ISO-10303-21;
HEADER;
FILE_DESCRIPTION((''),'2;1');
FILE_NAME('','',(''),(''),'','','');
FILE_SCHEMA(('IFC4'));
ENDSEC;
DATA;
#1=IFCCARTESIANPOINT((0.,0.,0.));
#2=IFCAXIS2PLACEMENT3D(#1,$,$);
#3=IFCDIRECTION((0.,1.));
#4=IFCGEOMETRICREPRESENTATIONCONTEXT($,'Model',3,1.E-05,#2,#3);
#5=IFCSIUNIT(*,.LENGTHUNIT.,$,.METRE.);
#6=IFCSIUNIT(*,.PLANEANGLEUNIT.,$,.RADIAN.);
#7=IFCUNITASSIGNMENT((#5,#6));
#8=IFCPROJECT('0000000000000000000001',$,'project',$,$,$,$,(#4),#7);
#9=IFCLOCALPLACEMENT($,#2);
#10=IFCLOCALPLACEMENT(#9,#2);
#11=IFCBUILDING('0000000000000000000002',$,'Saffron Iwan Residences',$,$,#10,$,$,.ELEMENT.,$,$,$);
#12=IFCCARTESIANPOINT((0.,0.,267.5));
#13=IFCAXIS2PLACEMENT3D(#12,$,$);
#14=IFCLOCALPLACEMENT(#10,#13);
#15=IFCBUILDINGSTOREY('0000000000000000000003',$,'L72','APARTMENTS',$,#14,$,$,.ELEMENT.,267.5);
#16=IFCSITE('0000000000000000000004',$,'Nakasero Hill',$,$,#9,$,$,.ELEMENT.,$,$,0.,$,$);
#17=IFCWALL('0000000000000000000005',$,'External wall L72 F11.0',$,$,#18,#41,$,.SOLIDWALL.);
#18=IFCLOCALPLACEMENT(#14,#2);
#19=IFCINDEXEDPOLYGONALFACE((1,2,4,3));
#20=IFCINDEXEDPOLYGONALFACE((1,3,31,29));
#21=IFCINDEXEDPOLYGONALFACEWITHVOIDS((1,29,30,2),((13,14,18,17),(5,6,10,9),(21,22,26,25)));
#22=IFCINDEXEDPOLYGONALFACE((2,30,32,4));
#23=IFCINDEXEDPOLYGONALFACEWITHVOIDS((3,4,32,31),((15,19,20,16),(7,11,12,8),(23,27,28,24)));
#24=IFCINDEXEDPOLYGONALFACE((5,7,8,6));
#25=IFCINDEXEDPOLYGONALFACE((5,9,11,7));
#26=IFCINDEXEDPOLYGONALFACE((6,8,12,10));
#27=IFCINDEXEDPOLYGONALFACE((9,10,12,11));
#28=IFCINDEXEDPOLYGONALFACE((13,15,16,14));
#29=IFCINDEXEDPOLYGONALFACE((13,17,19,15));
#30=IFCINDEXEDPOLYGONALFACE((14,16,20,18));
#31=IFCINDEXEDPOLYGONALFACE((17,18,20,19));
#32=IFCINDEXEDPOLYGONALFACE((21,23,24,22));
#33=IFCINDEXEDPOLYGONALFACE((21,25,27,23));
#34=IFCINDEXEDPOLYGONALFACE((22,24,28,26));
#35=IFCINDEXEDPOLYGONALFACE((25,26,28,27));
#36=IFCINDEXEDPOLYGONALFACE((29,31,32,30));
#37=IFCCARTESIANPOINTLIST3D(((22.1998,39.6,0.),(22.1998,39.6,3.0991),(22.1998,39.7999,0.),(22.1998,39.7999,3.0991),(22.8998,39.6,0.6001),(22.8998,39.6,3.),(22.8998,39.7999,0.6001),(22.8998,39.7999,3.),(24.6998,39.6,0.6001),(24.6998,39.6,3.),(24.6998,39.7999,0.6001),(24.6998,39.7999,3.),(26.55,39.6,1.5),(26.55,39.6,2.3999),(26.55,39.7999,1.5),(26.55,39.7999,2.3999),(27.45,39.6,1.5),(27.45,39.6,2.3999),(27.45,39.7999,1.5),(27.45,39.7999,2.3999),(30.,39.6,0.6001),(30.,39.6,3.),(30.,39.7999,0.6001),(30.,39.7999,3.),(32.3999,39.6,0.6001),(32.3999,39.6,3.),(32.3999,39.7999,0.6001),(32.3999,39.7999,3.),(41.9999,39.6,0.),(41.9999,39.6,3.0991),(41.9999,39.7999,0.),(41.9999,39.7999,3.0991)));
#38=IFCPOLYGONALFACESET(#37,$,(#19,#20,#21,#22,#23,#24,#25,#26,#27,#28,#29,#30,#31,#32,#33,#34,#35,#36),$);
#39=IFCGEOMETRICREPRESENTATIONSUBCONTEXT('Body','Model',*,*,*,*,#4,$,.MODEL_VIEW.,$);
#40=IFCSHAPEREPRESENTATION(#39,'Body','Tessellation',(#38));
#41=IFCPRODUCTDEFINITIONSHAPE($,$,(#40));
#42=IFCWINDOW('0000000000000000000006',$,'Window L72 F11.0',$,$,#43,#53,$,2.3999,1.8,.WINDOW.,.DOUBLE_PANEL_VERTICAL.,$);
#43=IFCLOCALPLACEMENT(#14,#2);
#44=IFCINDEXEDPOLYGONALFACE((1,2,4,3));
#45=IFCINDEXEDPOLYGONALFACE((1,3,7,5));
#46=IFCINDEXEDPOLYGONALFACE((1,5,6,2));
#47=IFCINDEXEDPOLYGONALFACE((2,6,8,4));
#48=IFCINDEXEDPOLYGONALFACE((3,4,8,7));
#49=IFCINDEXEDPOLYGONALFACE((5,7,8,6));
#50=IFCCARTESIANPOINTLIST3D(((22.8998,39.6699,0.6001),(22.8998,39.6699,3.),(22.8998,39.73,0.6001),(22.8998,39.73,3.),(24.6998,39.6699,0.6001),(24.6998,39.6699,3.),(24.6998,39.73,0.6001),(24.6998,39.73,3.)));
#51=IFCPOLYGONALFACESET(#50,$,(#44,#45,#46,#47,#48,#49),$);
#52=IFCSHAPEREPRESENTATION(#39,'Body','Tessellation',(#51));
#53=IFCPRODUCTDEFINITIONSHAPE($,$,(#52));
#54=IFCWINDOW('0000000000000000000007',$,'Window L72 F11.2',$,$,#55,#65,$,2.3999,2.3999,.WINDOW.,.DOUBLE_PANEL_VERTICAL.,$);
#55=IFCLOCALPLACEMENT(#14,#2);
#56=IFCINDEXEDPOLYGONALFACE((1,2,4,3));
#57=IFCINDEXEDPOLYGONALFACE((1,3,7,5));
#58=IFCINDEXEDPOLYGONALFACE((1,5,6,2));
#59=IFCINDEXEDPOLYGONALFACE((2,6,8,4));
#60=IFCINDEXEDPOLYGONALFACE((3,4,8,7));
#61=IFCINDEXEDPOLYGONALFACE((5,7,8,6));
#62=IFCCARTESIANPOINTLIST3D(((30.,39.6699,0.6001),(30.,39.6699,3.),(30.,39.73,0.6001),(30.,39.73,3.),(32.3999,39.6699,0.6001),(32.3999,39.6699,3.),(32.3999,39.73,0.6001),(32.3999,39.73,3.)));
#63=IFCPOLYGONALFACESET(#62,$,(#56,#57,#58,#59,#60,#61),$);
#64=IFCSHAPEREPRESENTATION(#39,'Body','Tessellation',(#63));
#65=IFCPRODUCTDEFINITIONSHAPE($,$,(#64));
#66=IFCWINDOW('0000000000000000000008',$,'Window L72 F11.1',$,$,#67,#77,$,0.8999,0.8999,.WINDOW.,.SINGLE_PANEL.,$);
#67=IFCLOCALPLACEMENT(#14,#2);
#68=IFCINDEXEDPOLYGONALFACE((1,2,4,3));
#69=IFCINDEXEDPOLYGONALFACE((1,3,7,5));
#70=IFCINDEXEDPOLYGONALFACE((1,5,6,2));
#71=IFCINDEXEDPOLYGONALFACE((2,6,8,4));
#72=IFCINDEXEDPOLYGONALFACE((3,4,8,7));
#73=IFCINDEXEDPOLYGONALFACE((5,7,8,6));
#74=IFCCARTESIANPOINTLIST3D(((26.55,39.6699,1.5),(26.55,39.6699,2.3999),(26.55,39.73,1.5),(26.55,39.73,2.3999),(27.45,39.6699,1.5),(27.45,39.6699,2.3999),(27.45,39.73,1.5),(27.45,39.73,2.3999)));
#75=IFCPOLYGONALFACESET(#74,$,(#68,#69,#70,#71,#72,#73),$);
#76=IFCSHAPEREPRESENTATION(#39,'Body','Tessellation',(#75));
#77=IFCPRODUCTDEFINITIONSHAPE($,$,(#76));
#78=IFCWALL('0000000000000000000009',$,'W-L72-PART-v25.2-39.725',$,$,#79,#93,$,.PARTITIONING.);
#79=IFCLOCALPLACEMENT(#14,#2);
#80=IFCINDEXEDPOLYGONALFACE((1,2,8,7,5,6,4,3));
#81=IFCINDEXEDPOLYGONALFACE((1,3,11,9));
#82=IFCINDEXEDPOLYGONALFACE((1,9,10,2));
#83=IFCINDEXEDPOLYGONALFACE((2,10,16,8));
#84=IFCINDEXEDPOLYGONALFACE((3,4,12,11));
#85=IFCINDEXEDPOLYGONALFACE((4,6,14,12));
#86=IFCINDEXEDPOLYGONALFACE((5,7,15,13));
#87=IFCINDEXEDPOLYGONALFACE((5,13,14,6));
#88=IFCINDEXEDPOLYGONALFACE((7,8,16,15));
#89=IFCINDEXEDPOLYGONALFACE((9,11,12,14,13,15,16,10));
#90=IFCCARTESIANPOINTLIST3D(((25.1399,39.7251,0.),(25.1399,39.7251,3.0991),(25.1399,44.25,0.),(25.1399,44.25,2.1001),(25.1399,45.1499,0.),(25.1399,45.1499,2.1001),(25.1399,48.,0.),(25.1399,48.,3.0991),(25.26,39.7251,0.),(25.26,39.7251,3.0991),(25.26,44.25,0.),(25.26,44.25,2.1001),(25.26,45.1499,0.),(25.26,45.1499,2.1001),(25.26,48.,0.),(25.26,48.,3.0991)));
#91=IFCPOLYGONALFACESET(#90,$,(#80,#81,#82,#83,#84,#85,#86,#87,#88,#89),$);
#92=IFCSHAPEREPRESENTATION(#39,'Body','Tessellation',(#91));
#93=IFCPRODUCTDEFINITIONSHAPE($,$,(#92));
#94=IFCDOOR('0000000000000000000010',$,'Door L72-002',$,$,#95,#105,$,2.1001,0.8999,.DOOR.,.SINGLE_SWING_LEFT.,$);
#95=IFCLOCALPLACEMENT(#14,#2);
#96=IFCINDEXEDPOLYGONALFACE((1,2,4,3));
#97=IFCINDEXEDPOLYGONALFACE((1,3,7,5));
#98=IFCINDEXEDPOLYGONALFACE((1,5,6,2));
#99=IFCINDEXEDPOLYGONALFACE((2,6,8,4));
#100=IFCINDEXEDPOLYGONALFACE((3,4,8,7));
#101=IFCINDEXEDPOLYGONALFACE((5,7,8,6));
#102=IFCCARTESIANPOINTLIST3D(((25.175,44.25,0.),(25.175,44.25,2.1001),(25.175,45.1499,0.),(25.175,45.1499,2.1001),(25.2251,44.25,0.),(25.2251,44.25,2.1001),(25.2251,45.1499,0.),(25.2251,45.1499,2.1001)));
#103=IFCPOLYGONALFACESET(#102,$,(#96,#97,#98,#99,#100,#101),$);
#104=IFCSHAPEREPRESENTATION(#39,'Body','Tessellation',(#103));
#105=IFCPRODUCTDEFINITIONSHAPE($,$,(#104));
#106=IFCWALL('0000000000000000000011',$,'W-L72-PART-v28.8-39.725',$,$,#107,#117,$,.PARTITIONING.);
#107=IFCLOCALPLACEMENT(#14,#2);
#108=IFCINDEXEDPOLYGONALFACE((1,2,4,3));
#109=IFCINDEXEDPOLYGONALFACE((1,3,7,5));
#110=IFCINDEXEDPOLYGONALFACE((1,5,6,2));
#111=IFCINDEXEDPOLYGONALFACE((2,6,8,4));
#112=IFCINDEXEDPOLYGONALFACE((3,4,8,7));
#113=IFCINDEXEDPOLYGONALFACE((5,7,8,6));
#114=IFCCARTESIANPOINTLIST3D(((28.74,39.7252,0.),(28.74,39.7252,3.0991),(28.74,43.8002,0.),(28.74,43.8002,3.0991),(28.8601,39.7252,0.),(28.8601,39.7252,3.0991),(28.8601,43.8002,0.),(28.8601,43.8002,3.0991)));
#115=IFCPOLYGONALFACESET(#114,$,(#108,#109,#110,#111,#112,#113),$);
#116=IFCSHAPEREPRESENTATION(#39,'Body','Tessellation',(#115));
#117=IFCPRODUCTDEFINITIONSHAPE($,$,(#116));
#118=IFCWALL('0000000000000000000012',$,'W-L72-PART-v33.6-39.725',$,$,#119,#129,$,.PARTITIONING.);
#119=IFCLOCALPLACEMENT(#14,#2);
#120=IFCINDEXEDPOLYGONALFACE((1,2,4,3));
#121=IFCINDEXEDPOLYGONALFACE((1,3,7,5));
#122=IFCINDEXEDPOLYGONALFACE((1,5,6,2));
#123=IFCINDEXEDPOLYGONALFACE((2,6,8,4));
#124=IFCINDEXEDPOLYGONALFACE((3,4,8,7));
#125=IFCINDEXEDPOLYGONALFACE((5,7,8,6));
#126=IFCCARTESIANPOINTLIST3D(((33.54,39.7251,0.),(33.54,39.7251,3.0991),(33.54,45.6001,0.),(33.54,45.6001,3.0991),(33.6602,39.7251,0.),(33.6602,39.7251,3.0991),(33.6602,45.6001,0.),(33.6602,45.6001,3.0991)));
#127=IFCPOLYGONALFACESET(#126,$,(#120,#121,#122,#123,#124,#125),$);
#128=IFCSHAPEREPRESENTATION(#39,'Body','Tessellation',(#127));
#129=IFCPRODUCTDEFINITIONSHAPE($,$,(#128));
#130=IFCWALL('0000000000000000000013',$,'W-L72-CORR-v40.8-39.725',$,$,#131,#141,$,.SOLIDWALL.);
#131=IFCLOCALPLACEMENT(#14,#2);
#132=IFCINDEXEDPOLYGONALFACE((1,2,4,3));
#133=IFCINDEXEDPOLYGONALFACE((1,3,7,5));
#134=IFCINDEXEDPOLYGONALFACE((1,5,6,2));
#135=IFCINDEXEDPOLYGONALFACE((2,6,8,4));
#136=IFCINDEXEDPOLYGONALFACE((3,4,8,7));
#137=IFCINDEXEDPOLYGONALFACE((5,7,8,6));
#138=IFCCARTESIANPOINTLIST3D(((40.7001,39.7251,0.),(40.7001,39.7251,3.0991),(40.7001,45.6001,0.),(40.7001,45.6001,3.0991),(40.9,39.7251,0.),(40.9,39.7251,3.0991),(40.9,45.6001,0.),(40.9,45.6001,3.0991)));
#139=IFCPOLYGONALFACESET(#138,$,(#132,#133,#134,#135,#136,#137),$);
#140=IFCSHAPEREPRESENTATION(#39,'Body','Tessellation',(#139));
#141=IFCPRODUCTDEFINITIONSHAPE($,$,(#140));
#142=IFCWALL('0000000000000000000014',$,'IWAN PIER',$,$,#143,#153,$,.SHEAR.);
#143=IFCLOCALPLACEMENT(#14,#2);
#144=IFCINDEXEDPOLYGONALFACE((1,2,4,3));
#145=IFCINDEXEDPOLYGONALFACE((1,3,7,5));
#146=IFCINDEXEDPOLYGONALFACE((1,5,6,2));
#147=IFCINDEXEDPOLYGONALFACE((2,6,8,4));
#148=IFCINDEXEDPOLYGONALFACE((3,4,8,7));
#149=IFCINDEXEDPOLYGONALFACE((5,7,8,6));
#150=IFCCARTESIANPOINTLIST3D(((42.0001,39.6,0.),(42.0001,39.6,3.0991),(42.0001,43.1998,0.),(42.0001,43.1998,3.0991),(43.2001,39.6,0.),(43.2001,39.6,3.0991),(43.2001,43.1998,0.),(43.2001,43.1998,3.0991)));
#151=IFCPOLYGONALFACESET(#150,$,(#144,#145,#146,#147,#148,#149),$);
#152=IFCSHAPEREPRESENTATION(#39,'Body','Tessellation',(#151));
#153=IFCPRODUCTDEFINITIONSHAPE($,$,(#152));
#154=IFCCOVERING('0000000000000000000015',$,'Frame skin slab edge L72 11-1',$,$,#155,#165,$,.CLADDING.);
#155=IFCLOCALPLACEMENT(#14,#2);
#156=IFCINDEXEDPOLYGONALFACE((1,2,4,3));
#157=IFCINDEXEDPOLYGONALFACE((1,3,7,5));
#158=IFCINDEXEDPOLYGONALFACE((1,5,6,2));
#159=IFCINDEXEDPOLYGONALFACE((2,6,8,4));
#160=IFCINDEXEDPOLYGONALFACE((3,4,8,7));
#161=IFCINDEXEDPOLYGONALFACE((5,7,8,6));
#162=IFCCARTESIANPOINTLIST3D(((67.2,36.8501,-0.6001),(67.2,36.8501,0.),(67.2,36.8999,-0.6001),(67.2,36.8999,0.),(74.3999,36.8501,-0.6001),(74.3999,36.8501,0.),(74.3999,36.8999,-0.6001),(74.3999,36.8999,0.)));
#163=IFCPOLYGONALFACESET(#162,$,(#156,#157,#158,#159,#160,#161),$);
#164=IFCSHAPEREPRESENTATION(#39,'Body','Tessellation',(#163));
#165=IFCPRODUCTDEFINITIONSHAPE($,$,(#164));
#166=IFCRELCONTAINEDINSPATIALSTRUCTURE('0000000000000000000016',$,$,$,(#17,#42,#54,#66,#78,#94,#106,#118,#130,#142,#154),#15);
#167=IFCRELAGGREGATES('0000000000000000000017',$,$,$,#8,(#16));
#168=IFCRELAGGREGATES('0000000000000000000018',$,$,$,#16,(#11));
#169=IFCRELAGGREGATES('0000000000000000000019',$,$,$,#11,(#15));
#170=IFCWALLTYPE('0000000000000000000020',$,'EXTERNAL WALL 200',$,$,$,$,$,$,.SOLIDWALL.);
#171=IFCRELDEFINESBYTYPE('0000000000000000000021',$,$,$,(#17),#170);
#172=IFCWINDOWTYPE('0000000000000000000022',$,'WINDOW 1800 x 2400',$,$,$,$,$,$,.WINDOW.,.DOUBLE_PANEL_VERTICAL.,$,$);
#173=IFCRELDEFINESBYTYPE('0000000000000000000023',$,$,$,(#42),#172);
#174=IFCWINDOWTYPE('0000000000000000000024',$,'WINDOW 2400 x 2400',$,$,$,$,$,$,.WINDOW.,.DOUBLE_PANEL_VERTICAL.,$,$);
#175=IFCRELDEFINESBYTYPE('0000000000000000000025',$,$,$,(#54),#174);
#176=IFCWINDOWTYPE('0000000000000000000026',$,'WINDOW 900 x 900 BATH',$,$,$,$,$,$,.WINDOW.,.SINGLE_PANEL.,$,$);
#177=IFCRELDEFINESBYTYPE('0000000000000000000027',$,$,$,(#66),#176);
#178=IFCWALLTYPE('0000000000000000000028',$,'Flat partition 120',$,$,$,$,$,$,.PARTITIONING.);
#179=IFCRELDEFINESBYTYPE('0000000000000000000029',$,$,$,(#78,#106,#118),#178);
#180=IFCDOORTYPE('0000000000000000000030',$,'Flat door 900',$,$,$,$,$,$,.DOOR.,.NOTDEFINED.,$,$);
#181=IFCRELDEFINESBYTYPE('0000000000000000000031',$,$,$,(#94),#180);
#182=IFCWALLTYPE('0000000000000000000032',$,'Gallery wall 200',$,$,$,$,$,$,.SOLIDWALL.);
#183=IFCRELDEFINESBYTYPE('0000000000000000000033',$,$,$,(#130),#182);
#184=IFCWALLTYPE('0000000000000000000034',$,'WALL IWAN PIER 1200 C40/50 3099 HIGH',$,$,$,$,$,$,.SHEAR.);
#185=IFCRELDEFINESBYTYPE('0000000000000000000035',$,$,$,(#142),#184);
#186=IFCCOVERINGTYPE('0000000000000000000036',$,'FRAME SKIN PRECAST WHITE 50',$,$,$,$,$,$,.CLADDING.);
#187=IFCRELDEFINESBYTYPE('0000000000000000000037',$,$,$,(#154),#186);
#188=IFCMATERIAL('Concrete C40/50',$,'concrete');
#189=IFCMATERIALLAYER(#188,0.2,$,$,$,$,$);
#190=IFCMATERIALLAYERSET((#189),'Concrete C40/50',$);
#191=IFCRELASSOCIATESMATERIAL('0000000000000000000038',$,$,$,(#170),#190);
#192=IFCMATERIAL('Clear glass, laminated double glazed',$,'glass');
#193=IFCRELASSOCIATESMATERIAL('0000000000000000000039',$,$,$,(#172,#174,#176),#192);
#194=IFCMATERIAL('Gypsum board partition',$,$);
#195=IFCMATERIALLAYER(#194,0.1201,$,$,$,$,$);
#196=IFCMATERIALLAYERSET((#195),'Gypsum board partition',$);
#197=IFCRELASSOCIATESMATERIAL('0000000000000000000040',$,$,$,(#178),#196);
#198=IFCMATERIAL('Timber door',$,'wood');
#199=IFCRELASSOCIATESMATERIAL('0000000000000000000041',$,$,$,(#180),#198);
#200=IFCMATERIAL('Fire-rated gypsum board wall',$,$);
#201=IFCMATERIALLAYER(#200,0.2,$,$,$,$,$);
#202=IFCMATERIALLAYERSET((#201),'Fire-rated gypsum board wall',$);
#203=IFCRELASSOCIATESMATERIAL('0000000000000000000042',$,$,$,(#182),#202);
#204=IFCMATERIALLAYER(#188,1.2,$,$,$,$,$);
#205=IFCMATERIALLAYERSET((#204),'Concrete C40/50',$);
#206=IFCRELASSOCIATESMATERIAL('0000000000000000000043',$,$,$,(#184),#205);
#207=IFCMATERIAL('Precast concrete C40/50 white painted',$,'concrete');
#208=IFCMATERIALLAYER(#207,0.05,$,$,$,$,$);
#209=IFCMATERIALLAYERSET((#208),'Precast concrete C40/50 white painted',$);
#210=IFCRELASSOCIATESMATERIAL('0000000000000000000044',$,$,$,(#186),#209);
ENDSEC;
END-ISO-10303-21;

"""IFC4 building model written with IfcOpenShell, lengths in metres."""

from ifc_helpers import new_model, si_unit, direction, frame, frame_2d, origin, place, context, subcontext, project, spatial, polyline, rectangle, outline, extrude, material, layer, layer_set, type_object, element, fill, save


model = new_model("IFC4")

# Units and contexts
model_context = context("Model", 3, precision=1e-05, world=origin(), true_north=direction((0.0, 1.0)))
body_context = subcontext(model_context, "Body", "Model", "MODEL_VIEW")
ifc_project = project(units=[si_unit("LENGTHUNIT", "METRE"), si_unit("PLANEANGLEUNIT", "RADIAN")], contexts=[model_context])

# Site, building, storey
site_placement = place(None, origin())
site = spatial("IfcSite", under=ifc_project, at=site_placement, Name="Nakasero Hill", CompositionType="ELEMENT", RefElevation=0.0)
building_placement = place(site_placement, origin())
building = spatial("IfcBuilding", under=site, at=building_placement, Name="Saffron Iwan Residences", CompositionType="ELEMENT")
storey_placement = place(building_placement, frame((0.0, 0.0, 267.5)))
storey = spatial("IfcBuildingStorey", under=building, at=storey_placement, Name="L72", Description="APARTMENTS", CompositionType="ELEMENT", Elevation=267.5)

# Shared definitions
ifc_material_1 = material(Name="Clear glass, laminated double glazed", Category="glass")

# Wall, openings, windows
ifc_material_2 = material(Name="Concrete C40/50", Category="concrete")
ifc_layer_1 = layer(ifc_material_2, 0.2)
ifc_layer_set_1 = layer_set([ifc_layer_1], Name="Concrete C40/50")
wall_type_1 = type_object("IfcWallType", Name="EXTERNAL WALL 200", PredefinedType="SOLIDWALL", material=ifc_layer_set_1)
wall_1_placement = place(storey_placement, frame((22.2, 39.7, 0.0), z_axis=(0.0, 0.0, 1.0), x_axis=(1.0, 0.0, 0.0)))
wall_1 = element("IfcWall", 1, at=wall_1_placement, inside=storey, type_object=wall_type_1, Name="External wall L72 F11.0", PredefinedType="SOLIDWALL", context=body_context, shape_type="SweptSolid", body=[
    extrude(rectangle(XDim=19.8, YDim=0.2, at=frame_2d((9.8999, 0.0))), origin(), (0.0, 0.0, 1.0), 3.0991),
])
opening_1_placement = place(wall_1_placement, frame((0.7, 0.0, 0.6001)))
opening_1 = element("IfcOpeningElement", 2, at=opening_1_placement, cuts=wall_1, PredefinedType="OPENING", context=body_context, shape_type="SweptSolid", body=[
    extrude(rectangle(XDim=1.8, YDim=2.3999, at=frame_2d((0.8999, 1.2))), frame((0.0, 0.1099, 0.0), z_axis=(0.0, -1.0, 0.0), x_axis=(1.0, 0.0, 0.0)), (0.0, 0.0, 1.0), 0.22),
])
opening_2_placement = place(wall_1_placement, frame((4.3501, 0.0, 1.5)))
opening_2 = element("IfcOpeningElement", 3, at=opening_2_placement, cuts=wall_1, PredefinedType="OPENING", context=body_context, shape_type="SweptSolid", body=[
    extrude(rectangle(XDim=0.8999, YDim=0.8999, at=frame_2d((0.45, 0.45))), frame((0.0, 0.1099, 0.0), z_axis=(0.0, -1.0, 0.0), x_axis=(1.0, 0.0, 0.0)), (0.0, 0.0, 1.0), 0.22),
])
opening_3_placement = place(wall_1_placement, frame((7.8, 0.0, 0.6001)))
opening_3 = element("IfcOpeningElement", 4, at=opening_3_placement, cuts=wall_1, PredefinedType="OPENING", context=body_context, shape_type="SweptSolid", body=[
    extrude(rectangle(XDim=2.3999, YDim=2.3999, at=frame_2d((1.2, 1.2))), frame((0.0, 0.1099, 0.0), z_axis=(0.0, -1.0, 0.0), x_axis=(1.0, 0.0, 0.0)), (0.0, 0.0, 1.0), 0.22),
])
window_type_1 = type_object("IfcWindowType", Name="WINDOW 1800 x 2400", PartitioningType="DOUBLE_PANEL_VERTICAL", PredefinedType="WINDOW", material=ifc_material_1)
window_1_placement = place(opening_1_placement, origin())
window_1 = element("IfcWindow", 5, at=window_1_placement, inside=storey, type_object=window_type_1, Name="Window L72 F11.0", OverallHeight=2.3999, OverallWidth=1.8, PartitioningType="DOUBLE_PANEL_VERTICAL", PredefinedType="WINDOW", context=body_context, shape_type="SweptSolid", body=[
    extrude(rectangle(XDim=1.8, YDim=2.3999, at=frame_2d((0.8999, 1.2))), frame((0.0, 0.03, 0.0), z_axis=(0.0, -1.0, 0.0), x_axis=(1.0, 0.0, 0.0)), (0.0, 0.0, 1.0), 0.0601),
])
fill(opening_1, window_1)
window_type_2 = type_object("IfcWindowType", Name="WINDOW 2400 x 2400", PartitioningType="DOUBLE_PANEL_VERTICAL", PredefinedType="WINDOW", material=ifc_material_1)
window_2_placement = place(opening_3_placement, origin())
window_2 = element("IfcWindow", 6, at=window_2_placement, inside=storey, type_object=window_type_2, Name="Window L72 F11.2", OverallHeight=2.3999, OverallWidth=2.3999, PartitioningType="DOUBLE_PANEL_VERTICAL", PredefinedType="WINDOW", context=body_context, shape_type="SweptSolid", body=[
    extrude(rectangle(XDim=2.3999, YDim=2.3999, at=frame_2d((1.2, 1.2))), frame((0.0, 0.03, 0.0), z_axis=(0.0, -1.0, 0.0), x_axis=(1.0, 0.0, 0.0)), (0.0, 0.0, 1.0), 0.0601),
])
fill(opening_3, window_2)
window_type_3 = type_object("IfcWindowType", Name="WINDOW 900 x 900 BATH", PartitioningType="SINGLE_PANEL", PredefinedType="WINDOW", material=ifc_material_1)
window_3_placement = place(opening_2_placement, origin())
window_3 = element("IfcWindow", 7, at=window_3_placement, inside=storey, type_object=window_type_3, Name="Window L72 F11.1", OverallHeight=0.8999, OverallWidth=0.8999, PartitioningType="SINGLE_PANEL", PredefinedType="WINDOW", context=body_context, shape_type="SweptSolid", body=[
    extrude(rectangle(XDim=0.8999, YDim=0.8999, at=frame_2d((0.45, 0.45))), frame((0.0, 0.03, 0.0), z_axis=(0.0, -1.0, 0.0), x_axis=(1.0, 0.0, 0.0)), (0.0, 0.0, 1.0), 0.0601),
])
fill(opening_2, window_3)

# Wall, opening, door
ifc_material_3 = material(Name="Gypsum board partition")
ifc_layer_2 = layer(ifc_material_3, 0.1201)
ifc_layer_set_2 = layer_set([ifc_layer_2], Name="Gypsum board partition")
wall_type_2 = type_object("IfcWallType", Name="Flat partition 120", PredefinedType="PARTITIONING", material=ifc_layer_set_2)
wall_2_placement = place(storey_placement, frame((25.2, 39.7251, 0.0), z_axis=(0.0, 0.0, 1.0), x_axis=(0.0, 1.0, 0.0)))
wall_2 = element("IfcWall", 8, at=wall_2_placement, inside=storey, type_object=wall_type_2, Name="W-L72-PART-v25.2-39.725", PredefinedType="PARTITIONING", context=body_context, shape_type="SweptSolid", body=[
    extrude(rectangle(XDim=8.2749, YDim=0.1201, at=frame_2d((4.1375, 0.0))), origin(), (0.0, 0.0, 1.0), 3.0991),
])
opening_4_placement = place(wall_2_placement, frame((4.5249, 0.0, 0.0)))
opening_4 = element("IfcOpeningElement", 9, at=opening_4_placement, cuts=wall_2, PredefinedType="OPENING", context=body_context, shape_type="SweptSolid", body=[
    extrude(rectangle(XDim=0.8999, YDim=2.1001, at=frame_2d((0.45, 1.05))), frame((0.0, 0.0701, 0.0), z_axis=(0.0, -1.0, 0.0), x_axis=(1.0, 0.0, 0.0)), (0.0, 0.0, 1.0), 0.1401),
])
ifc_material_4 = material(Name="Timber door", Category="wood")
door_type = type_object("IfcDoorType", Name="Flat door 900", OperationType="NOTDEFINED", PredefinedType="DOOR", material=ifc_material_4)
door_placement = place(opening_4_placement, origin())
door = element("IfcDoor", 10, at=door_placement, inside=storey, type_object=door_type, Name="Door L72-002", OperationType="SINGLE_SWING_LEFT", OverallHeight=2.1001, OverallWidth=0.8999, PredefinedType="DOOR", context=body_context, shape_type="SweptSolid", body=[
    extrude(rectangle(XDim=0.8999, YDim=2.1001, at=frame_2d((0.45, 1.05))), frame((0.0, 0.0249, 0.0), z_axis=(0.0, -1.0, 0.0), x_axis=(1.0, 0.0, 0.0)), (0.0, 0.0, 1.0), 0.05),
])
fill(opening_4, door)

# Walls
wall_3_placement = place(storey_placement, frame((28.8, 39.7251, 0.0), z_axis=(0.0, 0.0, 1.0), x_axis=(0.0, 1.0, 0.0)))
element("IfcWall", 11, at=wall_3_placement, inside=storey, type_object=wall_type_2, Name="W-L72-PART-v28.8-39.725", PredefinedType="PARTITIONING", context=body_context, shape_type="SweptSolid", body=[
    extrude(rectangle(XDim=4.075, YDim=0.1201, at=frame_2d((2.0376, 0.0))), origin(), (0.0, 0.0, 1.0), 3.0991),
])
wall_4_placement = place(storey_placement, frame((33.6001, 39.7251, 0.0), z_axis=(0.0, 0.0, 1.0), x_axis=(0.0, 1.0, 0.0)))
element("IfcWall", 12, at=wall_4_placement, inside=storey, type_object=wall_type_2, Name="W-L72-PART-v33.6-39.725", PredefinedType="PARTITIONING", context=body_context, shape_type="SweptSolid", body=[
    extrude(rectangle(XDim=5.875, YDim=0.1201, at=frame_2d((2.9375, 0.0))), origin(), (0.0, 0.0, 1.0), 3.0991),
])
ifc_material_5 = material(Name="Fire-rated gypsum board wall")
ifc_layer_3 = layer(ifc_material_5, 0.2)
ifc_layer_set_3 = layer_set([ifc_layer_3], Name="Fire-rated gypsum board wall")
wall_type_3 = type_object("IfcWallType", Name="Gallery wall 200", PredefinedType="SOLIDWALL", material=ifc_layer_set_3)
wall_5_placement = place(storey_placement, frame((40.8, 39.7251, 0.0), z_axis=(0.0, 0.0, 1.0), x_axis=(0.0, 1.0, 0.0)))
element("IfcWall", 13, at=wall_5_placement, inside=storey, type_object=wall_type_3, Name="W-L72-CORR-v40.8-39.725", PredefinedType="SOLIDWALL", context=body_context, shape_type="SweptSolid", body=[
    extrude(rectangle(XDim=5.875, YDim=0.2, at=frame_2d((2.9375, 0.0))), origin(), (0.0, 0.0, 1.0), 3.0991),
])
ifc_layer_4 = layer(ifc_material_2, 1.2)
ifc_layer_set_4 = layer_set([ifc_layer_4], Name="Concrete C40/50")
wall_type_4 = type_object("IfcWallType", Name="WALL IWAN PIER 1200 C40/50 3099 HIGH", PredefinedType="SHEAR", material=ifc_layer_set_4)
wall_6_placement = place(storey_placement, frame((42.6001, 39.6001, 0.0), z_axis=(0.0, 0.0, 1.0), x_axis=(0.0, 1.0, 0.0)))
element("IfcWall", 14, at=wall_6_placement, inside=storey, type_object=wall_type_4, Name="IWAN PIER", PredefinedType="SHEAR", context=body_context, shape_type="SweptSolid", body=[
    extrude(rectangle(XDim=3.5999, YDim=1.2, at=frame_2d((1.7998, 0.0))), origin(), (0.0, 0.0, 1.0), 3.0991),
])

# Covering
ifc_material_6 = material(Name="Precast concrete C40/50 white painted", Category="concrete")
ifc_layer_5 = layer(ifc_material_6, 0.05)
ifc_layer_set_5 = layer_set([ifc_layer_5], Name="Precast concrete C40/50 white painted")
covering_type_1 = type_object("IfcCoveringType", Name="FRAME SKIN PRECAST WHITE 50", PredefinedType="CLADDING", material=ifc_layer_set_5)
for number, where, name in (
    (15, (0.0, 0.0, -0.6001), "Frame skin slab edge L72 11-1"),
):
    element("IfcCovering", number, at=place(storey_placement, frame(where)), inside=storey, type_object=covering_type_1, Name=name, PredefinedType="CLADDING", context=body_context, shape_type="SweptSolid", body=[
        extrude(outline(polyline([(67.2, 36.8501), (74.3999, 36.8501), (74.3999, 36.8999), (67.2, 36.8999), (67.2, 36.8501)])), origin(), (0.0, 0.0, 1.0), 0.6001),
    ])

save(model, "model.ifc")
